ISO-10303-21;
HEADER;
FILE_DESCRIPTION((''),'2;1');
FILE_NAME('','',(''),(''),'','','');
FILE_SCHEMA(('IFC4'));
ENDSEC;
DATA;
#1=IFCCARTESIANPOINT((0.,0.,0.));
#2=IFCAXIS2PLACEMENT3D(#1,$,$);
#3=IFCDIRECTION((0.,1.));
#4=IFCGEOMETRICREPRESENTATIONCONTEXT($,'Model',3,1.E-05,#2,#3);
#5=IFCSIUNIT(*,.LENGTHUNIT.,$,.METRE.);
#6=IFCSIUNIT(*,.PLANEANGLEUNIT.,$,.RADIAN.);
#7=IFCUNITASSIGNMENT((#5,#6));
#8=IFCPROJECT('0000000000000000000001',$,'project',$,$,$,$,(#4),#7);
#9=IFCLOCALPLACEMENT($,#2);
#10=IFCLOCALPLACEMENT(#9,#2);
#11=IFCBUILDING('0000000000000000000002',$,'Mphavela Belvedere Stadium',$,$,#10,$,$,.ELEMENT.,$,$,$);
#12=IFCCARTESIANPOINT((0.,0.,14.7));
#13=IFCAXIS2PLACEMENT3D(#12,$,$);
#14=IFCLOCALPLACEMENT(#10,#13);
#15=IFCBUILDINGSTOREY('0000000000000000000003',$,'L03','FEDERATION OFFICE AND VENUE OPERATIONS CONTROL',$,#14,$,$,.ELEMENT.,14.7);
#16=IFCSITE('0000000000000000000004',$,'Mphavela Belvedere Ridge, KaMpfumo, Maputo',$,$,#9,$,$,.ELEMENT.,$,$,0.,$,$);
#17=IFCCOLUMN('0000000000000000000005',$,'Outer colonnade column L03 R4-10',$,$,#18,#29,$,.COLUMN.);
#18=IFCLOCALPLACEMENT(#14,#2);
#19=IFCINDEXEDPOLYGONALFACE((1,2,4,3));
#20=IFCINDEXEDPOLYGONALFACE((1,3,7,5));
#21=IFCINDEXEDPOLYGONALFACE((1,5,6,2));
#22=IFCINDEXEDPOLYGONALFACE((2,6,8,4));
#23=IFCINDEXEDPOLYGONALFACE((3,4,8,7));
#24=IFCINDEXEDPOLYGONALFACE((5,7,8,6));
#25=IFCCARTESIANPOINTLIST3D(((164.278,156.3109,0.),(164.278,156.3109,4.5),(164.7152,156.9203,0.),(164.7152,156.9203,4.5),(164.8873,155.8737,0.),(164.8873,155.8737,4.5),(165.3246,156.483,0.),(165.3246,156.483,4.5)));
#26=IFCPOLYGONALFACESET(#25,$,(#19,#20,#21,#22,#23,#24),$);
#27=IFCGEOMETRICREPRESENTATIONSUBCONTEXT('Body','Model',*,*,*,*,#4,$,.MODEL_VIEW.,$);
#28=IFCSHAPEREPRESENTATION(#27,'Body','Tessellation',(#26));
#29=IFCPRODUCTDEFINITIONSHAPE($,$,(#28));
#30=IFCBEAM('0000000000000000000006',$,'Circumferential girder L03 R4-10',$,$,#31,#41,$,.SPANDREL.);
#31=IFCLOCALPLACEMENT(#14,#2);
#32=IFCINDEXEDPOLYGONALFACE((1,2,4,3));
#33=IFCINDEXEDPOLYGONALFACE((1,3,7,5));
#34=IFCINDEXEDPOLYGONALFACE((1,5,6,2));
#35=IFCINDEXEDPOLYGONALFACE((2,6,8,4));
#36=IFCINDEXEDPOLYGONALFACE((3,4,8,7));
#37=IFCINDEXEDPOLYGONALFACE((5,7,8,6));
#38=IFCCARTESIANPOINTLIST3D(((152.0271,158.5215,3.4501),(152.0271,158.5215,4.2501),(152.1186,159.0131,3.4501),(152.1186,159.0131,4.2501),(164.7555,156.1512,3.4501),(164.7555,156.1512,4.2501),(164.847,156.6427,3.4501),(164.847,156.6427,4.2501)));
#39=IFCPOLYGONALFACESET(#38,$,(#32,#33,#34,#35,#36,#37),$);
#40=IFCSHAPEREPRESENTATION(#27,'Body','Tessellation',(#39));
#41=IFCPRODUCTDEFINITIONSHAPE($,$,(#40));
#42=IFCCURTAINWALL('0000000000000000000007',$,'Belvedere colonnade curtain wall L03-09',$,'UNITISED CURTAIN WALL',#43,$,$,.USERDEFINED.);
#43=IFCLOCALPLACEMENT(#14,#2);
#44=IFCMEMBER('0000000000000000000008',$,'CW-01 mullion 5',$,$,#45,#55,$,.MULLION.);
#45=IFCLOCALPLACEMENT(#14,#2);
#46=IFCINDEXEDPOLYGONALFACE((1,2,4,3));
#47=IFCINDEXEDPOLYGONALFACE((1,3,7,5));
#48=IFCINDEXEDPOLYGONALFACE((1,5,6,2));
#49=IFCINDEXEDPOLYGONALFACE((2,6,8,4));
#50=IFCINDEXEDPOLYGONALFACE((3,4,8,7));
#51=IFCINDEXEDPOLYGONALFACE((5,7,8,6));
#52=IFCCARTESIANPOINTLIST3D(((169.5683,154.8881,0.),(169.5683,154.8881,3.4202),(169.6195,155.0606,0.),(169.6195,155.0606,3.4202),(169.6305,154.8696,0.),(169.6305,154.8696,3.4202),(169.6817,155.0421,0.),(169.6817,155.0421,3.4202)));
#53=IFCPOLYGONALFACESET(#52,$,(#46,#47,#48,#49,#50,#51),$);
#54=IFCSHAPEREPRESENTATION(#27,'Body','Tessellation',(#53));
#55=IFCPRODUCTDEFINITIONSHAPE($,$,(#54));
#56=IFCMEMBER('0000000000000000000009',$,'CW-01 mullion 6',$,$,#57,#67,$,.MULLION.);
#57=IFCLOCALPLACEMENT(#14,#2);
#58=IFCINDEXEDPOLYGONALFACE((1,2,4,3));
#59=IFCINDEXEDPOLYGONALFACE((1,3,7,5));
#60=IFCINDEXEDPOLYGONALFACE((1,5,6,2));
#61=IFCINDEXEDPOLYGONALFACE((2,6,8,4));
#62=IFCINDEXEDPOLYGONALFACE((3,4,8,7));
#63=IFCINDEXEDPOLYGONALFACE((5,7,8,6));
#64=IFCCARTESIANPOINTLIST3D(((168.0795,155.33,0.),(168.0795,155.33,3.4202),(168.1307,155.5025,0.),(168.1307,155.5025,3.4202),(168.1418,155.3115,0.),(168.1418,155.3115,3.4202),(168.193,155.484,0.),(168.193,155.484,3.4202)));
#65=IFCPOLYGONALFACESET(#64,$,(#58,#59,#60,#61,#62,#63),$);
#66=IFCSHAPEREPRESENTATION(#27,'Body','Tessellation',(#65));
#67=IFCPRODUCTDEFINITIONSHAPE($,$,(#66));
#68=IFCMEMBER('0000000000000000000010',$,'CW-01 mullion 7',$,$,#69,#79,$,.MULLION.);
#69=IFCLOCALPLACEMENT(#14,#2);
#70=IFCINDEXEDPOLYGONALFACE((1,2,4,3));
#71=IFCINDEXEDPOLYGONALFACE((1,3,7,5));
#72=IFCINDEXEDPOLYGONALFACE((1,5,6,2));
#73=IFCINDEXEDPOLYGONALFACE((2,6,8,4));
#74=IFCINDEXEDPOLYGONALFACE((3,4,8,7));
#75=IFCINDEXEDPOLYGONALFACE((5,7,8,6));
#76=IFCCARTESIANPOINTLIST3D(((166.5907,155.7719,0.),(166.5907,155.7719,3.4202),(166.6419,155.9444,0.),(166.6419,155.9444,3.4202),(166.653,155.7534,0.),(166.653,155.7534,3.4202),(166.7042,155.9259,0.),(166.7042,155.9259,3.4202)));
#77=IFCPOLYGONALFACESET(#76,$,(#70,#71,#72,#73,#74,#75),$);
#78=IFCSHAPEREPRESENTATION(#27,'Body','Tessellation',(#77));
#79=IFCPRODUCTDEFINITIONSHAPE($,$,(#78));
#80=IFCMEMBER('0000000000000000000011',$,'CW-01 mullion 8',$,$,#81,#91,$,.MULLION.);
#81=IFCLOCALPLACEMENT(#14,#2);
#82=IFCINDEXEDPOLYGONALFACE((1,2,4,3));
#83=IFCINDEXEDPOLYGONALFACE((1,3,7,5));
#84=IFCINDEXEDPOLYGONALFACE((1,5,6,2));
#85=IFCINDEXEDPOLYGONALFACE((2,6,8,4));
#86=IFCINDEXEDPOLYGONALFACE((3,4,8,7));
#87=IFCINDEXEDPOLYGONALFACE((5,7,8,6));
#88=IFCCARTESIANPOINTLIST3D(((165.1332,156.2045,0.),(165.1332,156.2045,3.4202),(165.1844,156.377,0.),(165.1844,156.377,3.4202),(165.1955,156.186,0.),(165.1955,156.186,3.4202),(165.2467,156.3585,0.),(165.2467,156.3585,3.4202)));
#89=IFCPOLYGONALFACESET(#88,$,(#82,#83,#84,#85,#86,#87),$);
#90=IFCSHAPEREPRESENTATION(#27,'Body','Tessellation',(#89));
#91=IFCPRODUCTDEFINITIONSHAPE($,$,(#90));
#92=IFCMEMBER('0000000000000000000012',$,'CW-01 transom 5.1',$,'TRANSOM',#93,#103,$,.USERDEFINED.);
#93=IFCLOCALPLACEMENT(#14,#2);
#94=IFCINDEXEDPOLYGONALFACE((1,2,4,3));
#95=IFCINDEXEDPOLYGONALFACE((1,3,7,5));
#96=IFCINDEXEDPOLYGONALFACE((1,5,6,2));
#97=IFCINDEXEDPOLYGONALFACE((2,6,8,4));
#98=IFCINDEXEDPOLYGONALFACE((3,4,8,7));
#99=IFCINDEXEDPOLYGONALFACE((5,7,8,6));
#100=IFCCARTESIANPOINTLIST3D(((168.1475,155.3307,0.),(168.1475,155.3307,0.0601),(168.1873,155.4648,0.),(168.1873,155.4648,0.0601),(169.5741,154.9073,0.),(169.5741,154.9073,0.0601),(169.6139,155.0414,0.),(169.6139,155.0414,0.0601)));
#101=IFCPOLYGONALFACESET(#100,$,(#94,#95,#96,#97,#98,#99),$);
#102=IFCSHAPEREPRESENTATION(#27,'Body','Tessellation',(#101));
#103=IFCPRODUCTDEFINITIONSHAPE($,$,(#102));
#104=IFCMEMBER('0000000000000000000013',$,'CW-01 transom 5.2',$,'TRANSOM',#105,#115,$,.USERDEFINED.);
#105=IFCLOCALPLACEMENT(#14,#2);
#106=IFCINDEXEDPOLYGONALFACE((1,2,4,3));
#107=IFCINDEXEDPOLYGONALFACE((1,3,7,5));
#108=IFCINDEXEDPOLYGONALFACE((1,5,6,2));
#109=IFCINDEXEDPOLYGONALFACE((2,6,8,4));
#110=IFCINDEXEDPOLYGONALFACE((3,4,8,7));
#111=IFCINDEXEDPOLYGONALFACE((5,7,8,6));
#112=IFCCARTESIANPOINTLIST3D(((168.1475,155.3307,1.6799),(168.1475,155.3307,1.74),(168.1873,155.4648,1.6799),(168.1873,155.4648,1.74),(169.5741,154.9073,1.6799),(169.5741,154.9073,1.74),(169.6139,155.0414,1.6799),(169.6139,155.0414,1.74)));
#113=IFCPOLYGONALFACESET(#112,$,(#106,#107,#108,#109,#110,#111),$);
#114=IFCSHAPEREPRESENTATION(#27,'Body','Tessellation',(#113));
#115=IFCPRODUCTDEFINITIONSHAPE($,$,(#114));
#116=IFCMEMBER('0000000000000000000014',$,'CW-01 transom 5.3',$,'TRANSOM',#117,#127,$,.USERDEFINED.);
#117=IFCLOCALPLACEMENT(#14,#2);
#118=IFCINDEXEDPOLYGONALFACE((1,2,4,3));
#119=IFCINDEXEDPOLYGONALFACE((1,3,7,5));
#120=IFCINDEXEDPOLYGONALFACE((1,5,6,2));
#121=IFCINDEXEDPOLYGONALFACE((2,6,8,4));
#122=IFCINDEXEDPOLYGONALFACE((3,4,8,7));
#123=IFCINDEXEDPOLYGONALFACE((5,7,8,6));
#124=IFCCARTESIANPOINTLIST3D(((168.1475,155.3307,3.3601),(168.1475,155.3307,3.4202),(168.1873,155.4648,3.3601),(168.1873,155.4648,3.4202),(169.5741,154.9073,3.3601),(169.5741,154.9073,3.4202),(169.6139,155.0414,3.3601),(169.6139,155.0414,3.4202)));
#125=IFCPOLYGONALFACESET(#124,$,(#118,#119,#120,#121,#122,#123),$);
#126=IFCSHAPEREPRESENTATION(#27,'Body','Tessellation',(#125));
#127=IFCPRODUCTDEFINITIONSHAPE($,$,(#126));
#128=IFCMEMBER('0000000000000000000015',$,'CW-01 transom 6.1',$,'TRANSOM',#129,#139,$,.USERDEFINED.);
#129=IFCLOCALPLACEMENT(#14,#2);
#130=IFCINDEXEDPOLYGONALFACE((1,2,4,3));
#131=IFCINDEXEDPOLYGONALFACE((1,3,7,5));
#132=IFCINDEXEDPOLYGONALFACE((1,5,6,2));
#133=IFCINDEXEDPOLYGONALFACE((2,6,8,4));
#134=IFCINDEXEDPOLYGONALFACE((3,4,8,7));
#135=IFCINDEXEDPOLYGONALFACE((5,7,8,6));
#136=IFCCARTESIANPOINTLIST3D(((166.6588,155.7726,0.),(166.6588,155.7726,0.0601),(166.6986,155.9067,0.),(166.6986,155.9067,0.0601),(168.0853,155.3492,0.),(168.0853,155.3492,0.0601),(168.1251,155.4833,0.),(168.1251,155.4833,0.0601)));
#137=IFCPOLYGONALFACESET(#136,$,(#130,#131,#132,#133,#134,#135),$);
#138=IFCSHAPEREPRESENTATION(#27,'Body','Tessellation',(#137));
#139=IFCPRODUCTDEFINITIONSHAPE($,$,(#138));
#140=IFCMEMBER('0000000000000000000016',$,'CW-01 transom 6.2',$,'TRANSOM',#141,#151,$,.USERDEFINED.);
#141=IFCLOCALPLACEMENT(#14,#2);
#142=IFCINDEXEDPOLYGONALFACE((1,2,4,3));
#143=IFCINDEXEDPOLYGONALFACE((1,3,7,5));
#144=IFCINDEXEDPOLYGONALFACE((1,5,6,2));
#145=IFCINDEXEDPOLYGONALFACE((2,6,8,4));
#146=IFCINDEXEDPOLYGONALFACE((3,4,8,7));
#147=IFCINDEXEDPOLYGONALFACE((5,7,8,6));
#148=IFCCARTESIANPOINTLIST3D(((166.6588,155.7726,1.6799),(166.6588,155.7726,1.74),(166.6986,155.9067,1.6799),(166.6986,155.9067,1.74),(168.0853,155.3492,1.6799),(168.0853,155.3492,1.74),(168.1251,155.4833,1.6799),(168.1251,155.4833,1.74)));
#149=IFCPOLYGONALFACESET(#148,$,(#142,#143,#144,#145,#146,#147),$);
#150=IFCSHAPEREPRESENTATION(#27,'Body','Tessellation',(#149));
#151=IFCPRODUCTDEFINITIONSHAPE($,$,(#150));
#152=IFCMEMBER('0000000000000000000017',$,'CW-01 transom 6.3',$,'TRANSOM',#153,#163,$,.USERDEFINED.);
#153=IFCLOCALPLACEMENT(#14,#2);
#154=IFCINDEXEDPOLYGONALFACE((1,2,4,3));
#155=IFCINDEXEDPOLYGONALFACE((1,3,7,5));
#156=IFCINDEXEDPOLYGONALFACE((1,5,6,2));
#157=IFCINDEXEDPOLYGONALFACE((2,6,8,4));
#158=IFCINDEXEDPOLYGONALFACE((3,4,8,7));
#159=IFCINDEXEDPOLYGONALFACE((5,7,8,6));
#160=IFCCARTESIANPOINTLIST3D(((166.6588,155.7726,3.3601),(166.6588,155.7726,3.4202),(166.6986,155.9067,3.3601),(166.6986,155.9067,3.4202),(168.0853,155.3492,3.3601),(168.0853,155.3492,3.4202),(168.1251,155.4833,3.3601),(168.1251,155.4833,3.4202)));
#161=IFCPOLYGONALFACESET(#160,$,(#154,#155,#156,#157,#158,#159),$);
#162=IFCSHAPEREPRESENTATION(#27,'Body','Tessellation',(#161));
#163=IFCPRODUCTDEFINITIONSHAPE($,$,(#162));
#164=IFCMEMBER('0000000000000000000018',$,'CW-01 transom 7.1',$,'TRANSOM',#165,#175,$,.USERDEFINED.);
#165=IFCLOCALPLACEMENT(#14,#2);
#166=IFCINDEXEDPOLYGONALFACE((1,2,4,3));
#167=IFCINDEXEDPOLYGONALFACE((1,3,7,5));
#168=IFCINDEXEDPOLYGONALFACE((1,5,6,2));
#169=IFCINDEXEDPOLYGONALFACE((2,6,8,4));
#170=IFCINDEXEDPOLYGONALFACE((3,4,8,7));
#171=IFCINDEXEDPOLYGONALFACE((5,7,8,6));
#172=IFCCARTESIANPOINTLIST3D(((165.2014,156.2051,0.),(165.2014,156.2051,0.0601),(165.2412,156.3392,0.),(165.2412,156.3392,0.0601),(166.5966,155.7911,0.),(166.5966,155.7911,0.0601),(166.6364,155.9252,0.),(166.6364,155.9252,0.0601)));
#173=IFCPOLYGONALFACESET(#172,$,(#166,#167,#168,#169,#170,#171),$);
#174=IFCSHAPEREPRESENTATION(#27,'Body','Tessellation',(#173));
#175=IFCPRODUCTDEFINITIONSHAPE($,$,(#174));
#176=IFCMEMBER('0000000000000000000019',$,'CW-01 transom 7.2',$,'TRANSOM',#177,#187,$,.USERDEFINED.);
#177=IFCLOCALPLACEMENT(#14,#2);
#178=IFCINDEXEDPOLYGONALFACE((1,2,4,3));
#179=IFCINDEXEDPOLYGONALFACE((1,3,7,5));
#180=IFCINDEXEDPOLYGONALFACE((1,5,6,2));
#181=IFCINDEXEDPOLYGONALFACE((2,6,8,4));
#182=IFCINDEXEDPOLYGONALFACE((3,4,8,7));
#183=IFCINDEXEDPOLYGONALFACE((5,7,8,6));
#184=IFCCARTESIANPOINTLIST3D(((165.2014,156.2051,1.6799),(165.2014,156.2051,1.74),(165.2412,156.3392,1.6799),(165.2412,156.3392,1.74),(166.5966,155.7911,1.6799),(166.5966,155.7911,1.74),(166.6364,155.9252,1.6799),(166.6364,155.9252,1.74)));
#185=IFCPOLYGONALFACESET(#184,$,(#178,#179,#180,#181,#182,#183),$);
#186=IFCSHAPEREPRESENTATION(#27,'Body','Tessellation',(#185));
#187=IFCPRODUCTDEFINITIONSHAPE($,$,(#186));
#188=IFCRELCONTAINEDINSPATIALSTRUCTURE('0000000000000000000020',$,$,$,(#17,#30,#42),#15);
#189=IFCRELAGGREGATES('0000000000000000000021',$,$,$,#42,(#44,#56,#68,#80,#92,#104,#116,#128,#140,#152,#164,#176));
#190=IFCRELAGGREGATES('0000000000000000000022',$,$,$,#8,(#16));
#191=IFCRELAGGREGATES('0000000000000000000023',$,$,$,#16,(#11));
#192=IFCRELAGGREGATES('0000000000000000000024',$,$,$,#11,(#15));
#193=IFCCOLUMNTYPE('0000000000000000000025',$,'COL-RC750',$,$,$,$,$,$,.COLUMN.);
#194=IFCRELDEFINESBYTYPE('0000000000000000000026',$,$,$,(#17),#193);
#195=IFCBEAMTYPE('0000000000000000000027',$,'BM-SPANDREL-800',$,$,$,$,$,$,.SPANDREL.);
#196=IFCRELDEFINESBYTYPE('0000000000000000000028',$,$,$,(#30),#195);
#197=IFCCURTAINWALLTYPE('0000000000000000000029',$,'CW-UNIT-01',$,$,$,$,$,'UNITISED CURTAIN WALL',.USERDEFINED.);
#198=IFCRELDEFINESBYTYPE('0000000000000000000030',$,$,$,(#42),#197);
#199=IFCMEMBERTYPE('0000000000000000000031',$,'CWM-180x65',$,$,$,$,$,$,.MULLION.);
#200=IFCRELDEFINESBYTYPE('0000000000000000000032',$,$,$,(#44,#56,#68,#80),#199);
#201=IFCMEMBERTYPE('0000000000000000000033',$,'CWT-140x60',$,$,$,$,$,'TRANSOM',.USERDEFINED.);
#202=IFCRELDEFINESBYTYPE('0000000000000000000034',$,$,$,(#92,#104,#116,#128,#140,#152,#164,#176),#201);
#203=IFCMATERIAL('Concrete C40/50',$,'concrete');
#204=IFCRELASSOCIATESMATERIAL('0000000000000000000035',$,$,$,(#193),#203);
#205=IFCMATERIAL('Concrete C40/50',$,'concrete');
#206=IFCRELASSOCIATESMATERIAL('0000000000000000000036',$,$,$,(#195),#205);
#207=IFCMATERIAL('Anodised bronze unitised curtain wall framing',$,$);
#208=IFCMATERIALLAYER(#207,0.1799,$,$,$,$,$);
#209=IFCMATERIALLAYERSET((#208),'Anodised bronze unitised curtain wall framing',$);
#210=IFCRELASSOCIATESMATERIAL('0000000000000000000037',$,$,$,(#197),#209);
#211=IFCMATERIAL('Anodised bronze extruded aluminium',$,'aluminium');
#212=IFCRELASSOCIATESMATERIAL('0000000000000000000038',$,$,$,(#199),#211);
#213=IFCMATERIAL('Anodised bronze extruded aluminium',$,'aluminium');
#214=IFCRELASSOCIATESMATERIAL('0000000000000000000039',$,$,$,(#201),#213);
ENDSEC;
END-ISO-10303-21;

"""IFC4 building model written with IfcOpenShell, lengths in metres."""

from ifc_helpers import new_model, si_unit, direction, frame, origin, origin_2d, place, context, subcontext, project, spatial, rectangle, extrude, material, layer, layer_set, material_profile, profile_set, type_object, element, aggregate, save


model = new_model("IFC4")

# Units and contexts
model_context = context("Model", 3, precision=1e-05, world=origin(), true_north=direction((0.0, 1.0)))
body_context = subcontext(model_context, "Body", "Model", "MODEL_VIEW")
ifc_project = project(units=[si_unit("LENGTHUNIT", "METRE"), si_unit("PLANEANGLEUNIT", "RADIAN")], contexts=[model_context])

# Site, building, storey
site_placement = place(None, origin())
site = spatial("IfcSite", under=ifc_project, at=site_placement, Name="Mphavela Belvedere Ridge, KaMpfumo, Maputo", CompositionType="ELEMENT", RefElevation=0.0)
building_placement = place(site_placement, origin())
building = spatial("IfcBuilding", under=site, at=building_placement, Name="Mphavela Belvedere Stadium", CompositionType="ELEMENT")
storey_placement = place(building_placement, frame((0.0, 0.0, 14.7)))
storey = spatial("IfcBuildingStorey", under=building, at=storey_placement, Name="L03", Description="FEDERATION OFFICE AND VENUE OPERATIONS CONTROL", CompositionType="ELEMENT", Elevation=14.7)

# Column
ifc_material_1 = material(Name="Concrete C40/50", Category="concrete")
ifc_material_profile_1 = material_profile(ifc_material_1, rectangle(XDim=0.75, YDim=0.75, at=origin_2d()), Name="RC 750x750")
ifc_profile_set_1 = profile_set([ifc_material_profile_1], Name="Concrete C40/50")
column_type = type_object("IfcColumnType", Name="COL-RC750", PredefinedType="COLUMN", material=ifc_profile_set_1)
column_placement = place(storey_placement, frame((164.8013, 156.397, 0.0), z_axis=(0.0, 0.0, 1.0), x_axis=(0.582974, 0.812491, 0.0)))
element("IfcColumn", 1, at=column_placement, inside=storey, type_object=column_type, Name="Outer colonnade column L03 R4-10", PredefinedType="COLUMN", context=body_context, shape_type="SweptSolid", body=[
    extrude(rectangle(XDim=0.75, YDim=0.75, at=origin_2d()), origin(), (0.0, 0.0, 1.0), 4.5),
])

# Beam
ifc_material_2 = material(Name="Concrete C40/50", Category="concrete")
ifc_material_profile_2 = material_profile(ifc_material_2, rectangle(XDim=0.5, YDim=0.8, at=origin_2d()), Name="RC 500x800")
ifc_profile_set_2 = profile_set([ifc_material_profile_2], Name="Concrete C40/50")
beam_type = type_object("IfcBeamType", Name="BM-SPANDREL-800", PredefinedType="SPANDREL", material=ifc_profile_set_2)
beam_placement = place(storey_placement, frame((164.8013, 156.397, 3.8501), z_axis=(-0.983099, 0.183077, 0.0), x_axis=(-0.183077, -0.983099, 0.0)))
element("IfcBeam", 2, at=beam_placement, inside=storey, type_object=beam_type, Name="Circumferential girder L03 R4-10", PredefinedType="SPANDREL", context=body_context, shape_type="SweptSolid", body=[
    extrude(rectangle(XDim=0.5, YDim=0.8, at=origin_2d()), origin(), (0.0, 0.0, 1.0), 12.9473),
])

# Curtain wall, members
ifc_material_3 = material(Name="Anodised bronze unitised curtain wall framing")
ifc_layer_1 = layer(ifc_material_3, 0.1799)
ifc_layer_set_1 = layer_set([ifc_layer_1], Name="Anodised bronze unitised curtain wall framing")
curtain_wall_type = type_object("IfcCurtainWallType", Name="CW-UNIT-01", ElementType="UNITISED CURTAIN WALL", PredefinedType="USERDEFINED", material=ifc_layer_set_1)
curtain_wall_placement = place(storey_placement, origin())
curtain_wall = element("IfcCurtainWall", 3, at=curtain_wall_placement, inside=storey, type_object=curtain_wall_type, Name="Belvedere colonnade curtain wall L03-09", ObjectType="UNITISED CURTAIN WALL", PredefinedType="USERDEFINED")
ifc_material_4 = material(Name="Anodised bronze extruded aluminium", Category="aluminium")
ifc_material_profile_3 = material_profile(ifc_material_4, rectangle(XDim=0.1799, YDim=0.0649, at=origin_2d()), Name="CW-MUL 180x65")
ifc_profile_set_3 = profile_set([ifc_material_profile_3], Name="Anodised bronze extruded aluminium")
member_type_1 = type_object("IfcMemberType", Name="CWM-180x65", PredefinedType="MULLION", material=ifc_profile_set_3)
member_1_placement = place(storey_placement, frame((169.625, 154.9651, 0.0), z_axis=(0.0, 0.0, 1.0), x_axis=(-0.284565, -0.958657, 0.0)))
member_1 = element("IfcMember", 4, at=member_1_placement, type_object=member_type_1, Name="CW-01 mullion 5", PredefinedType="MULLION", context=body_context, shape_type="SweptSolid", body=[
    extrude(rectangle(XDim=0.1799, YDim=0.0649, at=origin_2d()), origin(), (0.0, 0.0, 1.0), 3.4202),
])
member_2_placement = place(storey_placement, frame((168.1362, 155.407, 0.0), z_axis=(0.0, 0.0, 1.0), x_axis=(-0.284565, -0.958657, 0.0)))
member_2 = element("IfcMember", 5, at=member_2_placement, type_object=member_type_1, Name="CW-01 mullion 6", PredefinedType="MULLION", context=body_context, shape_type="SweptSolid", body=[
    extrude(rectangle(XDim=0.1799, YDim=0.0649, at=origin_2d()), origin(), (0.0, 0.0, 1.0), 3.4202),
])
member_3_placement = place(storey_placement, frame((166.6475, 155.8489, 0.0), z_axis=(0.0, 0.0, 1.0), x_axis=(-0.284565, -0.958657, 0.0)))
member_3 = element("IfcMember", 6, at=member_3_placement, type_object=member_type_1, Name="CW-01 mullion 7", PredefinedType="MULLION", context=body_context, shape_type="SweptSolid", body=[
    extrude(rectangle(XDim=0.1799, YDim=0.0649, at=origin_2d()), origin(), (0.0, 0.0, 1.0), 3.4202),
])
member_4_placement = place(storey_placement, frame((165.1899, 156.2815, 0.0), z_axis=(0.0, 0.0, 1.0), x_axis=(-0.284565, -0.958657, 0.0)))
member_4 = element("IfcMember", 7, at=member_4_placement, type_object=member_type_1, Name="CW-01 mullion 8", PredefinedType="MULLION", context=body_context, shape_type="SweptSolid", body=[
    extrude(rectangle(XDim=0.1799, YDim=0.0649, at=origin_2d()), origin(), (0.0, 0.0, 1.0), 3.4202),
])
ifc_material_5 = material(Name="Anodised bronze extruded aluminium", Category="aluminium")
ifc_material_profile_4 = material_profile(ifc_material_5, rectangle(XDim=0.1399, YDim=0.0601, at=origin_2d()), Name="CW-TRN 140x60")
ifc_profile_set_4 = profile_set([ifc_material_profile_4], Name="Anodised bronze extruded aluminium")
member_type_2 = type_object("IfcMemberType", Name="CWT-140x60", ElementType="TRANSOM", PredefinedType="USERDEFINED", material=ifc_profile_set_4)
member_5_placement = place(storey_placement, frame((169.594, 154.9744, 0.03), z_axis=(-0.958676, 0.284502, 0.0), x_axis=(-0.284502, -0.958676, 0.0)))
member_5 = element("IfcMember", 8, at=member_5_placement, type_object=member_type_2, Name="CW-01 transom 5.1", ObjectType="TRANSOM", PredefinedType="USERDEFINED", context=body_context, shape_type="SweptSolid", body=[
    extrude(rectangle(XDim=0.1399, YDim=0.0601, at=origin_2d()), origin(), (0.0, 0.0, 1.0), 1.488),
])
member_6_placement = place(storey_placement, frame((169.594, 154.9744, 1.71), z_axis=(-0.958676, 0.284502, 0.0), x_axis=(-0.284502, -0.958676, 0.0)))
member_6 = element("IfcMember", 9, at=member_6_placement, type_object=member_type_2, Name="CW-01 transom 5.2", ObjectType="TRANSOM", PredefinedType="USERDEFINED", context=body_context, shape_type="SweptSolid", body=[
    extrude(rectangle(XDim=0.1399, YDim=0.0601, at=origin_2d()), origin(), (0.0, 0.0, 1.0), 1.488),
])
member_7_placement = place(storey_placement, frame((169.594, 154.9744, 3.3901), z_axis=(-0.958676, 0.284502, 0.0), x_axis=(-0.284502, -0.958676, 0.0)))
member_7 = element("IfcMember", 10, at=member_7_placement, type_object=member_type_2, Name="CW-01 transom 5.3", ObjectType="TRANSOM", PredefinedType="USERDEFINED", context=body_context, shape_type="SweptSolid", body=[
    extrude(rectangle(XDim=0.1399, YDim=0.0601, at=origin_2d()), origin(), (0.0, 0.0, 1.0), 1.488),
])
member_8_placement = place(storey_placement, frame((168.1052, 155.4163, 0.03), z_axis=(-0.958676, 0.284502, 0.0), x_axis=(-0.284502, -0.958676, 0.0)))
member_8 = element("IfcMember", 11, at=member_8_placement, type_object=member_type_2, Name="CW-01 transom 6.1", ObjectType="TRANSOM", PredefinedType="USERDEFINED", context=body_context, shape_type="SweptSolid", body=[
    extrude(rectangle(XDim=0.1399, YDim=0.0601, at=origin_2d()), origin(), (0.0, 0.0, 1.0), 1.488),
])
member_9_placement = place(storey_placement, frame((168.1052, 155.4163, 1.71), z_axis=(-0.958676, 0.284502, 0.0), x_axis=(-0.284502, -0.958676, 0.0)))
member_9 = element("IfcMember", 12, at=member_9_placement, type_object=member_type_2, Name="CW-01 transom 6.2", ObjectType="TRANSOM", PredefinedType="USERDEFINED", context=body_context, shape_type="SweptSolid", body=[
    extrude(rectangle(XDim=0.1399, YDim=0.0601, at=origin_2d()), origin(), (0.0, 0.0, 1.0), 1.488),
])
member_10_placement = place(storey_placement, frame((168.1052, 155.4163, 3.3901), z_axis=(-0.958676, 0.284502, 0.0), x_axis=(-0.284502, -0.958676, 0.0)))
member_10 = element("IfcMember", 13, at=member_10_placement, type_object=member_type_2, Name="CW-01 transom 6.3", ObjectType="TRANSOM", PredefinedType="USERDEFINED", context=body_context, shape_type="SweptSolid", body=[
    extrude(rectangle(XDim=0.1399, YDim=0.0601, at=origin_2d()), origin(), (0.0, 0.0, 1.0), 1.488),
])
member_11_placement = place(storey_placement, frame((166.6165, 155.8582, 0.03), z_axis=(-0.958676, 0.2845, 0.0), x_axis=(-0.2845, -0.958676, 0.0)))
member_11 = element("IfcMember", 14, at=member_11_placement, type_object=member_type_2, Name="CW-01 transom 7.1", ObjectType="TRANSOM", PredefinedType="USERDEFINED", context=body_context, shape_type="SweptSolid", body=[
    extrude(rectangle(XDim=0.1399, YDim=0.0601, at=origin_2d()), origin(), (0.0, 0.0, 1.0), 1.4553),
])
member_12_placement = place(storey_placement, frame((166.6165, 155.8582, 1.71), z_axis=(-0.958676, 0.2845, 0.0), x_axis=(-0.2845, -0.958676, 0.0)))
member_12 = element("IfcMember", 15, at=member_12_placement, type_object=member_type_2, Name="CW-01 transom 7.2", ObjectType="TRANSOM", PredefinedType="USERDEFINED", context=body_context, shape_type="SweptSolid", body=[
    extrude(rectangle(XDim=0.1399, YDim=0.0601, at=origin_2d()), origin(), (0.0, 0.0, 1.0), 1.4553),
])
aggregate(curtain_wall, [member_1, member_2, member_3, member_4, member_5, member_6, member_7, member_8, member_9, member_10, member_11, member_12])

save(model, "model.ifc")
